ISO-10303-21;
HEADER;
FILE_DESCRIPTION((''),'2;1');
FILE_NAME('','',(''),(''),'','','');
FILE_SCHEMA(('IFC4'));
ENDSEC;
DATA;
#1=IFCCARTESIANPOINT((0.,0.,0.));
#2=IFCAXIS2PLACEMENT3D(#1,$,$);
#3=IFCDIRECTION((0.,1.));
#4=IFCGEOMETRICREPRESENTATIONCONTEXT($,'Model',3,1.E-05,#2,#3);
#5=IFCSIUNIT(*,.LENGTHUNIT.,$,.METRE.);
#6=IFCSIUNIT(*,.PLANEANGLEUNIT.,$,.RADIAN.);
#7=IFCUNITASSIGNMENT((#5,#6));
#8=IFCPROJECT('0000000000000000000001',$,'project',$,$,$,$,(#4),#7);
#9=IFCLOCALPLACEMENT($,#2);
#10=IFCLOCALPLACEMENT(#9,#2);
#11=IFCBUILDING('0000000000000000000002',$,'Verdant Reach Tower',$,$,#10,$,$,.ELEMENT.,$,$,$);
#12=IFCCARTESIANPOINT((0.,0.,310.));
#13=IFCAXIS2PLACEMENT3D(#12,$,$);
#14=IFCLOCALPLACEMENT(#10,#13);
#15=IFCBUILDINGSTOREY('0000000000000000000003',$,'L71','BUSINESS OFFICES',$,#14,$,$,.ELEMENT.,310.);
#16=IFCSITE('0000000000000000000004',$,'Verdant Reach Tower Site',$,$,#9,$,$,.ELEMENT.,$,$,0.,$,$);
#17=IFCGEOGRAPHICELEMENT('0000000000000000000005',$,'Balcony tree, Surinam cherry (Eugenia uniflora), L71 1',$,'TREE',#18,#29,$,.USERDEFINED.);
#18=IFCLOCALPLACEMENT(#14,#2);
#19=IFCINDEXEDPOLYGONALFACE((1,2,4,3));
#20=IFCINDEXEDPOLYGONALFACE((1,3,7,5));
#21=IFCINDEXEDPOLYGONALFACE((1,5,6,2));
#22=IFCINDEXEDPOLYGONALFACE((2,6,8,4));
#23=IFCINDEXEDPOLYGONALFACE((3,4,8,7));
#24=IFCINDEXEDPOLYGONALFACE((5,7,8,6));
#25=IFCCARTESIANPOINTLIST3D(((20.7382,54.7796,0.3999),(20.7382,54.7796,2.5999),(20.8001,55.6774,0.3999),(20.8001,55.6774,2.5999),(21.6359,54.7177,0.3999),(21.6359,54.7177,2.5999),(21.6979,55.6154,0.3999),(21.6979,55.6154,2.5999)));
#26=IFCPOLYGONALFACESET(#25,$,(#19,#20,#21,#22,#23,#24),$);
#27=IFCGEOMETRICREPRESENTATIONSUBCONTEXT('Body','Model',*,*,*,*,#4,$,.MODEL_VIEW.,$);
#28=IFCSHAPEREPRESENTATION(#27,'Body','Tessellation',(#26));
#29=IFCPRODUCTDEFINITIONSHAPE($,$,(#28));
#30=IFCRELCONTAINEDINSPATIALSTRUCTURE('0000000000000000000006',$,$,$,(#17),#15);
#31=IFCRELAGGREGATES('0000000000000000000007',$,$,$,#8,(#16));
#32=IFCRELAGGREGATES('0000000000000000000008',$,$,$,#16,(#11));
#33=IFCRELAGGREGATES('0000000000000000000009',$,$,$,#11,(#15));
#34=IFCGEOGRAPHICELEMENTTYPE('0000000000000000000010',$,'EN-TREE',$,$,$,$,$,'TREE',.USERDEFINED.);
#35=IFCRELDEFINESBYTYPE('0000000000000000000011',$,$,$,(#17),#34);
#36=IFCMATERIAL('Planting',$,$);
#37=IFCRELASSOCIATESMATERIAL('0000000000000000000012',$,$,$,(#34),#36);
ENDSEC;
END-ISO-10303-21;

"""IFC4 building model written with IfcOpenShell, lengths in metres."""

from ifc_helpers import new_model, si_unit, direction, frame, origin, origin_2d, place, context, subcontext, project, spatial, rectangle, extrude, material, type_object, element, save


model = new_model("IFC4")

# Units and contexts
model_context = context("Model", 3, precision=1e-05, world=origin(), true_north=direction((0.0, 1.0)))
body_context = subcontext(model_context, "Body", "Model", "MODEL_VIEW")
ifc_project = project(units=[si_unit("LENGTHUNIT", "METRE"), si_unit("PLANEANGLEUNIT", "RADIAN")], contexts=[model_context])

# Site, building, storey
site_placement = place(None, origin())
site = spatial("IfcSite", under=ifc_project, at=site_placement, Name="Verdant Reach Tower Site", CompositionType="ELEMENT", RefElevation=0.0)
building_placement = place(site_placement, origin())
building = spatial("IfcBuilding", under=site, at=building_placement, Name="Verdant Reach Tower", CompositionType="ELEMENT")
storey_placement = place(building_placement, frame((0.0, 0.0, 310.0)))
storey = spatial("IfcBuildingStorey", under=building, at=storey_placement, Name="L71", Description="BUSINESS OFFICES", CompositionType="ELEMENT", Elevation=310.0)

# Geographic element
ifc_material_1 = material(Name="Planting")
geographic_element_type = type_object("IfcGeographicElementType", Name="EN-TREE", ElementType="TREE", PredefinedType="USERDEFINED", material=ifc_material_1)
geographic_element_placement = place(storey_placement, frame((21.218, 55.1975, 0.3999), z_axis=(0.0, 0.0, 1.0), x_axis=(0.068802, 0.99763, 0.0)))
element("IfcGeographicElement", 1, at=geographic_element_placement, inside=storey, type_object=geographic_element_type, Name="Balcony tree, Surinam cherry (Eugenia uniflora), L71 1", ObjectType="TREE", PredefinedType="USERDEFINED", context=body_context, shape_type="SweptSolid", body=[
    extrude(rectangle(XDim=0.8999, YDim=0.8999, at=origin_2d()), origin(), (0.0, 0.0, 1.0), 2.2),
])

save(model, "model.ifc")
